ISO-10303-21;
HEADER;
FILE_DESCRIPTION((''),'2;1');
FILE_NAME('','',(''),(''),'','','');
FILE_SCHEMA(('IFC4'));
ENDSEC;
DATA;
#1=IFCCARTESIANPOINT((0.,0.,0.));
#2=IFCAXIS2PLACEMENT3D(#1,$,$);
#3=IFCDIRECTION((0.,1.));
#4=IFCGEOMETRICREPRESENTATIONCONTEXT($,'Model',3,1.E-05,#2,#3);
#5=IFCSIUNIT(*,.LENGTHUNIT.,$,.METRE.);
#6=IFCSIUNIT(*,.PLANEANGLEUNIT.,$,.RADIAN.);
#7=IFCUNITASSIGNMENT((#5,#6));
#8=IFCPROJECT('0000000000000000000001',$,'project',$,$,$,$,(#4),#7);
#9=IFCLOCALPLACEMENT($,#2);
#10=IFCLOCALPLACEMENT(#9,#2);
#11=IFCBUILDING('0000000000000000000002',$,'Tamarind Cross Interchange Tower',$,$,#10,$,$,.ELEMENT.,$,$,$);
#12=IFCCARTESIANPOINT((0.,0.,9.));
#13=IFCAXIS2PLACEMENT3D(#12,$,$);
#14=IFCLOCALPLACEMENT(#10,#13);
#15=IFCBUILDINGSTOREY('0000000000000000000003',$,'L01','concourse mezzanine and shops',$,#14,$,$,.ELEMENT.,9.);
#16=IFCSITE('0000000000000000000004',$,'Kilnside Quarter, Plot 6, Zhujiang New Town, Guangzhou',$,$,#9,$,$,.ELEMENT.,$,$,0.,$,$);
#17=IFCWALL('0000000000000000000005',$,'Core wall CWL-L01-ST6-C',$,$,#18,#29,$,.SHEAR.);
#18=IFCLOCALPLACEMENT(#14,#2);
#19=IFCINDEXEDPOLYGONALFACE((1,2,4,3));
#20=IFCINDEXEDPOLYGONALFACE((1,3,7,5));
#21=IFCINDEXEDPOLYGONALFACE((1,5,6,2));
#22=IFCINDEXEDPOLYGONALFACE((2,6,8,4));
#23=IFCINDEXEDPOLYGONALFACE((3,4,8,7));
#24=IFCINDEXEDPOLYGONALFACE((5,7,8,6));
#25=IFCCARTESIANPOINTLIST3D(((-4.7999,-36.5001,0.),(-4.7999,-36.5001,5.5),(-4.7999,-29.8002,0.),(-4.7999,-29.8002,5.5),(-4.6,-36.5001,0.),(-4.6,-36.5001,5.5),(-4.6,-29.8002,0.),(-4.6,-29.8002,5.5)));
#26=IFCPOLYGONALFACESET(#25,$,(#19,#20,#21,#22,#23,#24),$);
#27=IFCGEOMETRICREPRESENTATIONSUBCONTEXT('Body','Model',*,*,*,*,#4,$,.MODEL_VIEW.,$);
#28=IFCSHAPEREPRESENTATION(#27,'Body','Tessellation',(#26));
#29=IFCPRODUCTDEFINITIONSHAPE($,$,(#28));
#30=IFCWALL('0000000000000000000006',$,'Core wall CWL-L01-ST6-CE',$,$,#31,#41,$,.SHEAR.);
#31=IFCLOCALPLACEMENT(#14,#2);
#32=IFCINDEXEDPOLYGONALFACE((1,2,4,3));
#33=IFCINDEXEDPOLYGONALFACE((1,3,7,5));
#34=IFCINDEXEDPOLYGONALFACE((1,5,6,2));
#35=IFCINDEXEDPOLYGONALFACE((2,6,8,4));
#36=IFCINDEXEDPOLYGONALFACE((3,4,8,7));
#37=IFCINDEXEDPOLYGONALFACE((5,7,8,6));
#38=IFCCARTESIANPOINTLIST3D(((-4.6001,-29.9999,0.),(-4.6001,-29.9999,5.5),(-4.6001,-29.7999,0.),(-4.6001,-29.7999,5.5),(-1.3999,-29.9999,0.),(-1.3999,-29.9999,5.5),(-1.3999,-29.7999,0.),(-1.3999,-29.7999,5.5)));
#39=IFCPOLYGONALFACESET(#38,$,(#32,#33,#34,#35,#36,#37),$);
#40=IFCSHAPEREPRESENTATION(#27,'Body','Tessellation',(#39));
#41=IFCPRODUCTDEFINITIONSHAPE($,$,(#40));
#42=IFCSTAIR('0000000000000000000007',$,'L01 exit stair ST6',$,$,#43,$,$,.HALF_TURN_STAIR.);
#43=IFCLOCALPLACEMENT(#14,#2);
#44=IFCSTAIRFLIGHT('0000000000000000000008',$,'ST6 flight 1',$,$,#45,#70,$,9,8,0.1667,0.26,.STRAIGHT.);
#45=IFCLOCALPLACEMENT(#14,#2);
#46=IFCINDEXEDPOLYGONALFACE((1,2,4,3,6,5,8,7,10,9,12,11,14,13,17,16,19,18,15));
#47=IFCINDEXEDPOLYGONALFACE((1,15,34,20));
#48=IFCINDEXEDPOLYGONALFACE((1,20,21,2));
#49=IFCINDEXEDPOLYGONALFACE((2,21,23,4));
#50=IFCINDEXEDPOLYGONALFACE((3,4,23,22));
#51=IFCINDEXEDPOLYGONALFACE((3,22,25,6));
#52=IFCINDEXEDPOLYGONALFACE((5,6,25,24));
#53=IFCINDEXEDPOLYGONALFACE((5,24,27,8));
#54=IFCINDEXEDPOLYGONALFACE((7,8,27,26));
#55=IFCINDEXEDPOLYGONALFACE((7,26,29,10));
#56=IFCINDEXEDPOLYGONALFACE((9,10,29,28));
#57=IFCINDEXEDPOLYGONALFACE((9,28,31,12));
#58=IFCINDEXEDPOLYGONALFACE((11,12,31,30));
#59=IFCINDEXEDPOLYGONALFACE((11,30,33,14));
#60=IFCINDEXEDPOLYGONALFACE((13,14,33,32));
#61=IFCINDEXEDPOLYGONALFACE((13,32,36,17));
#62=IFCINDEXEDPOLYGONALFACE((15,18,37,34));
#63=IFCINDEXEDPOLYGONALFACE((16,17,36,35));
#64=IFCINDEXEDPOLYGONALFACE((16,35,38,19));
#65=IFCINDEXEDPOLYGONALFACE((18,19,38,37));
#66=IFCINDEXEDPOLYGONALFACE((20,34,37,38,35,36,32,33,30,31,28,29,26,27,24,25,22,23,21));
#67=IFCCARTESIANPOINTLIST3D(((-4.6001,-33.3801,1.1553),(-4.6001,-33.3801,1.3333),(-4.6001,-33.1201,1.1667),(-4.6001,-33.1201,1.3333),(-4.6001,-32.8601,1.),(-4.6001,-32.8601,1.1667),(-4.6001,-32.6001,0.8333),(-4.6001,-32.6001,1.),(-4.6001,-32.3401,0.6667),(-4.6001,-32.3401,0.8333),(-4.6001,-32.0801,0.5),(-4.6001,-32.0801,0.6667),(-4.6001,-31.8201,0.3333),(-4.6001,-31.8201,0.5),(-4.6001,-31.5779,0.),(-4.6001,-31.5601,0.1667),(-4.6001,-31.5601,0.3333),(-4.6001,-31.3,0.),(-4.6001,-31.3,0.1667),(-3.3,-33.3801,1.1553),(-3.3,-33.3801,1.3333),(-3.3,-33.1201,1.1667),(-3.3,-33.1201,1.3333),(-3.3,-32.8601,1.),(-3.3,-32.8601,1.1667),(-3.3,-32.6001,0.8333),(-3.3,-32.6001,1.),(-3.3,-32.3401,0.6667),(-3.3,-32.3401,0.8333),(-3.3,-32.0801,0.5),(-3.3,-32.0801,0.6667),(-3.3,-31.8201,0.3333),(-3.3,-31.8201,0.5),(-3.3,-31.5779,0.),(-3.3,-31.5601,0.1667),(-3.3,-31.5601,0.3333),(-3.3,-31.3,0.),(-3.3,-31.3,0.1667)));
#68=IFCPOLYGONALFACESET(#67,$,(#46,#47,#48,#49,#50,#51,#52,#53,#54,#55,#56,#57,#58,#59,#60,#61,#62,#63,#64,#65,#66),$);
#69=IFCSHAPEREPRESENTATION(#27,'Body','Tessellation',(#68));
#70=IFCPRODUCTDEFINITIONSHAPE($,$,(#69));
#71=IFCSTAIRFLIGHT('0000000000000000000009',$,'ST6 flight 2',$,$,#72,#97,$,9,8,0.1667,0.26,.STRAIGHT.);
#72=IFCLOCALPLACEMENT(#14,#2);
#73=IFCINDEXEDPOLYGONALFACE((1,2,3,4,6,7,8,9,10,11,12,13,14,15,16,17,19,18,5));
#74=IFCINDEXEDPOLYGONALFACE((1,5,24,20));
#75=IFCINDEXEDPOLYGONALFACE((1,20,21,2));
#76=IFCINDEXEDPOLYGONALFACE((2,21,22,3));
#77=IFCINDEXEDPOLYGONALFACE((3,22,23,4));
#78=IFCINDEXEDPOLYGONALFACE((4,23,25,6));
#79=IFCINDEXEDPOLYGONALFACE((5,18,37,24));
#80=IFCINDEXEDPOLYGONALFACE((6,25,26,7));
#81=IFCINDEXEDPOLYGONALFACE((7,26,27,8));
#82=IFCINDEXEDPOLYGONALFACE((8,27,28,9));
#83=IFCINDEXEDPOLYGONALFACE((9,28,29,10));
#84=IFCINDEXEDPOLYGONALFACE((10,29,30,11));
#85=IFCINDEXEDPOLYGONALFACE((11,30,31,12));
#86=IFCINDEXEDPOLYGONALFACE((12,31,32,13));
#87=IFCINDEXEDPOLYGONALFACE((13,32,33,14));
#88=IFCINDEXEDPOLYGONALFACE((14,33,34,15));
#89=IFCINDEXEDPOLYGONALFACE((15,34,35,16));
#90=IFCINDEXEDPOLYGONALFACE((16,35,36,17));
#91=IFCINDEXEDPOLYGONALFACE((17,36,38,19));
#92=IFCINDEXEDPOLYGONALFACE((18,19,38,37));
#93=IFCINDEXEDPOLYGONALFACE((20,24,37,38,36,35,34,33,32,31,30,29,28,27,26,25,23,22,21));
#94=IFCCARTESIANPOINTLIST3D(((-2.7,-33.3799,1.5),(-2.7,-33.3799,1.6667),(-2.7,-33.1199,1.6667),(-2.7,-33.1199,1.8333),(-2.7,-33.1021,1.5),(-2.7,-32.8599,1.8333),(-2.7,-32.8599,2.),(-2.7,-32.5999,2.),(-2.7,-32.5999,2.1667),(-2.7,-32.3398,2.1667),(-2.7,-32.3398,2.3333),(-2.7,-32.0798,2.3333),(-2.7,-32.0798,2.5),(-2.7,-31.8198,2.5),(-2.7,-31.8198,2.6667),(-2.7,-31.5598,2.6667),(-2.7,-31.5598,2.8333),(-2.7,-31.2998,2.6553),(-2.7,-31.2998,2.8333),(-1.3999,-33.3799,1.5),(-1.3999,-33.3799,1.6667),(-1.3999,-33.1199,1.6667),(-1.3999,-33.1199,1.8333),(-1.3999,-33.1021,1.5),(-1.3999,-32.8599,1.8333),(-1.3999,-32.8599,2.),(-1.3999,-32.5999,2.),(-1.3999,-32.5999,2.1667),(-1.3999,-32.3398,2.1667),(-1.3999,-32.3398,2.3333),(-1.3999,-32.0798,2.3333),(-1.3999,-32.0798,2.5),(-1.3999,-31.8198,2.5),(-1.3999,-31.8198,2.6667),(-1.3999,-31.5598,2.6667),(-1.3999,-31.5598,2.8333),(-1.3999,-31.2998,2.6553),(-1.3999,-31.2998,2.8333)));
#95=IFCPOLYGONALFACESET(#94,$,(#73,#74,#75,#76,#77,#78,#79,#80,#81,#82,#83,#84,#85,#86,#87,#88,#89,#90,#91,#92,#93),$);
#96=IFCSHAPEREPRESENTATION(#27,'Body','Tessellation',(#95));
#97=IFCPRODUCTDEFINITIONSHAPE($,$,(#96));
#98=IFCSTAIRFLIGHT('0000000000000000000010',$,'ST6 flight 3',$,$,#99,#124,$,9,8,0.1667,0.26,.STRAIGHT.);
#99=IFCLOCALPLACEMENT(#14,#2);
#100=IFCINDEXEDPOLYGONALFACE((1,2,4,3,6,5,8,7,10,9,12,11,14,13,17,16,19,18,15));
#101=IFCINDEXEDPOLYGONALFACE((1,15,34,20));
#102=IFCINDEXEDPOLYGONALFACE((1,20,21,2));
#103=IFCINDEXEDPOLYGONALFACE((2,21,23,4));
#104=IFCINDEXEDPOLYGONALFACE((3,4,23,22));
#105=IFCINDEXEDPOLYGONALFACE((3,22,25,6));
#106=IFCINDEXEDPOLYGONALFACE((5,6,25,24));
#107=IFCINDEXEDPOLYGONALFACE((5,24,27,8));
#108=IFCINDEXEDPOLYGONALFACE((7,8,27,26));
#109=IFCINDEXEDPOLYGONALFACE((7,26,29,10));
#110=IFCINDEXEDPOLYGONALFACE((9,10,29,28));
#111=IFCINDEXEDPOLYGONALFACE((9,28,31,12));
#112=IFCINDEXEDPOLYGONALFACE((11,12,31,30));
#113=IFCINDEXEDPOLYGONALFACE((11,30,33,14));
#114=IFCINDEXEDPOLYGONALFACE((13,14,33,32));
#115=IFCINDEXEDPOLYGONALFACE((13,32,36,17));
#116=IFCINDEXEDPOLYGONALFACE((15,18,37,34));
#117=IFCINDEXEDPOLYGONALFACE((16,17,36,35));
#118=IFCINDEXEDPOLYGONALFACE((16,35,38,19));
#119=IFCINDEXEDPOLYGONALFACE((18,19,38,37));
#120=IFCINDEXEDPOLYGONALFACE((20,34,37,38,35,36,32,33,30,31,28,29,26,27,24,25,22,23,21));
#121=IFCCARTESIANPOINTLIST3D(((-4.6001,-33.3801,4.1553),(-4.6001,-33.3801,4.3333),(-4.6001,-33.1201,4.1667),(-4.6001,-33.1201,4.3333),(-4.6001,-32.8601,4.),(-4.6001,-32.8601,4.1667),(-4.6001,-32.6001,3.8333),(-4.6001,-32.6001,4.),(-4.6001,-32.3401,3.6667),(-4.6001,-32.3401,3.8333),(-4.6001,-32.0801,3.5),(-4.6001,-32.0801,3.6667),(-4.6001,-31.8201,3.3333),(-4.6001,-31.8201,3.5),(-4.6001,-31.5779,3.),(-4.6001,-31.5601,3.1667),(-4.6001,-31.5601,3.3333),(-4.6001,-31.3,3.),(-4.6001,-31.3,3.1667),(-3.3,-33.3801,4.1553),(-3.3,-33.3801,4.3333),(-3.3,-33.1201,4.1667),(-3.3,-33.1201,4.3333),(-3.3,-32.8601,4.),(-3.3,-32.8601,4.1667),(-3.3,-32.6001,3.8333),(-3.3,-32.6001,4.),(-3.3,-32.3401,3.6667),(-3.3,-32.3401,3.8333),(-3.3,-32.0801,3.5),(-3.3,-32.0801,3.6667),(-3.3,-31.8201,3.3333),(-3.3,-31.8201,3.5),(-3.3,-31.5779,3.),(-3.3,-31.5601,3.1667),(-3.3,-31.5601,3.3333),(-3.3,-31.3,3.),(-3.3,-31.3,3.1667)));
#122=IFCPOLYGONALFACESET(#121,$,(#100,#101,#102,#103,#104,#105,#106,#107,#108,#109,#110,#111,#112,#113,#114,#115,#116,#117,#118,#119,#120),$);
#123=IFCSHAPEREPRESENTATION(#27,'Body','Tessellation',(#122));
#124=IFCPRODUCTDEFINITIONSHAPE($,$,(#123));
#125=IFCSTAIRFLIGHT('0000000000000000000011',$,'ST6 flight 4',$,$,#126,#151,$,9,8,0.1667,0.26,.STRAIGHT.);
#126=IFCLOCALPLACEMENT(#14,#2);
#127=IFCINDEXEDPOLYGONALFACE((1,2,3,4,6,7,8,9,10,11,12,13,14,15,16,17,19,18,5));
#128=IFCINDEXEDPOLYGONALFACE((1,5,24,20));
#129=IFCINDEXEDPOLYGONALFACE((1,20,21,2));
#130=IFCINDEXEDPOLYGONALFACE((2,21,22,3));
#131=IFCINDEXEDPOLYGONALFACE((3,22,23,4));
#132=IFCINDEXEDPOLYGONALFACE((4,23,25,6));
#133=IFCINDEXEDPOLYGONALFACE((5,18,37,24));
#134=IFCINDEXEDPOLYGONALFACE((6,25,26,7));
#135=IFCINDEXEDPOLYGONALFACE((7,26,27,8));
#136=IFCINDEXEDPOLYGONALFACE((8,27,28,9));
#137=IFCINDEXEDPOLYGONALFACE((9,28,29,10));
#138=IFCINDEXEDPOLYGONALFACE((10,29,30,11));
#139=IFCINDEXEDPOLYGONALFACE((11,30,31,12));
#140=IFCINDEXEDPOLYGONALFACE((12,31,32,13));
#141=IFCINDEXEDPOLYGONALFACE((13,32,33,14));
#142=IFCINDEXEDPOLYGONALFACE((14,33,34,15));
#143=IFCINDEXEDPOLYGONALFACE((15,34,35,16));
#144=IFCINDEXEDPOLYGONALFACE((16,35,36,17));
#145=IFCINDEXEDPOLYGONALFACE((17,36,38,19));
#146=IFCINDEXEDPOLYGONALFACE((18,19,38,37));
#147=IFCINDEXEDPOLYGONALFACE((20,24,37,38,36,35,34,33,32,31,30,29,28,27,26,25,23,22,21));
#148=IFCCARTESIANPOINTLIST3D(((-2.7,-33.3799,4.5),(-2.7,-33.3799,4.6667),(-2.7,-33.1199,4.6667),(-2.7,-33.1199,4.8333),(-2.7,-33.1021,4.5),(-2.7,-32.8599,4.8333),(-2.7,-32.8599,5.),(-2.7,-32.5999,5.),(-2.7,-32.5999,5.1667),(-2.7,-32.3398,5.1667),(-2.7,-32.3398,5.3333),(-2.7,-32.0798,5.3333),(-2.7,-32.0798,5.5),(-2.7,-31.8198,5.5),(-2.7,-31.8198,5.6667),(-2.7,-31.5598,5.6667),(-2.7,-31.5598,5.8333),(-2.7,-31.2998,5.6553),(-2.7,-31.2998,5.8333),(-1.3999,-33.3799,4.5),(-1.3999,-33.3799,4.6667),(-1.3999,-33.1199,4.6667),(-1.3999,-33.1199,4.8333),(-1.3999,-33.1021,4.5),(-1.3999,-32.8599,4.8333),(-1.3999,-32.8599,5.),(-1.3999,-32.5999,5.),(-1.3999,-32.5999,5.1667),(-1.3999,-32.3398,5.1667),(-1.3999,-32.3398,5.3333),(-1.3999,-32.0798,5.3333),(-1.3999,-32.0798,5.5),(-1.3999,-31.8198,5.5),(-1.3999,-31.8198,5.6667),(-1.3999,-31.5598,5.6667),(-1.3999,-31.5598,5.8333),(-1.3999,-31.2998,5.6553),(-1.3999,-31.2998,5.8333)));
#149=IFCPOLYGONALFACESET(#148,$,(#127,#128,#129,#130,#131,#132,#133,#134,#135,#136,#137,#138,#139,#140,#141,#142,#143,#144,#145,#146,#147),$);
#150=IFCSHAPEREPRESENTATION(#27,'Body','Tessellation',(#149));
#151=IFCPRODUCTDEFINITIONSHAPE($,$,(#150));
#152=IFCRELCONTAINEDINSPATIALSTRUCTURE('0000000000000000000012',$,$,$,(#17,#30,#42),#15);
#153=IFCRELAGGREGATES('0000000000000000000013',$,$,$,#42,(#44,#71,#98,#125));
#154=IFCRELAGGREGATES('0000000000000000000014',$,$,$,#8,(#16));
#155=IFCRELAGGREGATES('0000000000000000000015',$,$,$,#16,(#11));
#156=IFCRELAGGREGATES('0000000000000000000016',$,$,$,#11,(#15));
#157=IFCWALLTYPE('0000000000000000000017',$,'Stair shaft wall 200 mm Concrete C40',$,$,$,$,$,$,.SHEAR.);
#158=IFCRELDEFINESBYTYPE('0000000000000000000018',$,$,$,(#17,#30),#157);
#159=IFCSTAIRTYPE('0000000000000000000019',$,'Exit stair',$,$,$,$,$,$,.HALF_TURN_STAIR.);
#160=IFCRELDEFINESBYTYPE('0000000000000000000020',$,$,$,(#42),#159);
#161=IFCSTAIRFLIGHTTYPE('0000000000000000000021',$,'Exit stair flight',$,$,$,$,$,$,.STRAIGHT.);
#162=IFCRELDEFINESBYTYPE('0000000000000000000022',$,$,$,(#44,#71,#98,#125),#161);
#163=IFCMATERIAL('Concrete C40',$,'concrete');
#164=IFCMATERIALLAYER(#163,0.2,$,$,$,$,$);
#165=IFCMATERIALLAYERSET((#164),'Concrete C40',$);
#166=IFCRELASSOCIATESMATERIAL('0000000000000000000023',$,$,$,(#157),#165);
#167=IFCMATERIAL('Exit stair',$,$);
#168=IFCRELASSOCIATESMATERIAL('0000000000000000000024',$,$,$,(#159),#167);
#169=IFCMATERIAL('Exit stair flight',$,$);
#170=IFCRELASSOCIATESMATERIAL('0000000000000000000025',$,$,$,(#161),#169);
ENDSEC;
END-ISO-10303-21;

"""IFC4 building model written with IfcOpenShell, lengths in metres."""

from ifc_helpers import new_model, si_unit, direction, frame, frame_2d, origin, place, context, subcontext, project, spatial, polyline, rectangle, outline, extrude, material, layer, layer_set, type_object, element, aggregate, save


model = new_model("IFC4")

# Units and contexts
model_context = context("Model", 3, precision=1e-05, world=origin(), true_north=direction((0.0, 1.0)))
body_context = subcontext(model_context, "Body", "Model", "MODEL_VIEW")
ifc_project = project(units=[si_unit("LENGTHUNIT", "METRE"), si_unit("PLANEANGLEUNIT", "RADIAN")], contexts=[model_context])

# Site, building, storey
site_placement = place(None, origin())
site = spatial("IfcSite", under=ifc_project, at=site_placement, Name="Kilnside Quarter, Plot 6, Zhujiang New Town, Guangzhou", CompositionType="ELEMENT", RefElevation=0.0)
building_placement = place(site_placement, origin())
building = spatial("IfcBuilding", under=site, at=building_placement, Name="Tamarind Cross Interchange Tower", CompositionType="ELEMENT")
storey_placement = place(building_placement, frame((0.0, 0.0, 9.0)))
storey = spatial("IfcBuildingStorey", under=building, at=storey_placement, Name="L01", Description="concourse mezzanine and shops", CompositionType="ELEMENT", Elevation=9.0)

# Shared definitions
ifc_material_1 = material(Name="Concrete C40", Category="concrete")

# Shared definitions
ifc_layer_1 = layer(ifc_material_1, 0.2)
ifc_layer_set_1 = layer_set([ifc_layer_1], Name="Concrete C40")
wall_type_1 = type_object("IfcWallType", Name="Stair shaft wall 200 mm Concrete C40", PredefinedType="SHEAR", material=ifc_layer_set_1)

# Walls
wall_1_placement = place(storey_placement, frame((-4.7, -29.8, 0.0), z_axis=(0.0, 0.0, 1.0), x_axis=(0.0, -1.0, 0.0)))
element("IfcWall", 1, at=wall_1_placement, inside=storey, type_object=wall_type_1, Name="Core wall CWL-L01-ST6-C", PredefinedType="SHEAR", context=body_context, shape_type="SweptSolid", body=[
    extrude(rectangle(XDim=6.7, YDim=0.2, at=frame_2d((3.3501, 0.0))), origin(), (0.0, 0.0, 1.0), 5.5),
])
wall_2_placement = place(storey_placement, frame((-4.6001, -29.8999, 0.0), z_axis=(0.0, 0.0, 1.0), x_axis=(1.0, 0.0, 0.0)))
element("IfcWall", 2, at=wall_2_placement, inside=storey, type_object=wall_type_1, Name="Core wall CWL-L01-ST6-CE", PredefinedType="SHEAR", context=body_context, shape_type="SweptSolid", body=[
    extrude(rectangle(XDim=3.2002, YDim=0.2, at=frame_2d((1.6001, 0.0))), origin(), (0.0, 0.0, 1.0), 5.5),
])

# Stair, stair flights
ifc_material_2 = material(Name="Exit stair")
stair_type = type_object("IfcStairType", Name="Exit stair", PredefinedType="HALF_TURN_STAIR", material=ifc_material_2)
stair_placement = place(storey_placement, origin())
stair = element("IfcStair", 3, at=stair_placement, inside=storey, type_object=stair_type, Name="L01 exit stair ST6", PredefinedType="HALF_TURN_STAIR")
ifc_material_3 = material(Name="Exit stair flight")
stair_flight_type = type_object("IfcStairFlightType", Name="Exit stair flight", PredefinedType="STRAIGHT", material=ifc_material_3)
stair_flight_1_placement = place(storey_placement, frame((-3.95, -31.3, 0.0), z_axis=(0.0, 0.0, 1.0), x_axis=(0.0, -1.0, 0.0)))
stair_flight_1 = element("IfcStairFlight", 4, at=stair_flight_1_placement, type_object=stair_flight_type, Name="ST6 flight 1", NumberOfRisers=9, NumberOfTreads=8, PredefinedType="STRAIGHT", RiserHeight=0.1667, TreadLength=0.26, context=body_context, shape_type="SweptSolid", body=[
    extrude(outline(polyline([(0.0, 0.0), (0.0, 0.1667), (0.26, 0.1667), (0.26, 0.3333), (0.52, 0.3333), (0.52, 0.5), (0.78, 0.5), (0.78, 0.6667), (1.04, 0.6667), (1.04, 0.8333), (1.3, 0.8333), (1.3, 1.0), (1.5601, 1.0), (1.5601, 1.1667), (1.8201, 1.1667), (1.8201, 1.3333), (2.0801, 1.3333), (2.0801, 1.5), (2.0801, 1.1553), (0.2778, 0.0), (0.0, 0.0)])), frame((0.0, 0.6499, 0.0), z_axis=(0.0, -1.0, 0.0), x_axis=(1.0, 0.0, 0.0)), (0.0, 0.0, 1.0), 1.3),
])
stair_flight_2_placement = place(storey_placement, frame((-2.05, -33.3799, 1.5), z_axis=(0.0, 0.0, 1.0), x_axis=(0.0, 1.0, 0.0)))
stair_flight_2 = element("IfcStairFlight", 5, at=stair_flight_2_placement, type_object=stair_flight_type, Name="ST6 flight 2", NumberOfRisers=9, NumberOfTreads=8, PredefinedType="STRAIGHT", RiserHeight=0.1667, TreadLength=0.26, context=body_context, shape_type="SweptSolid", body=[
    extrude(outline(polyline([(0.0, 0.0), (0.0, 0.1667), (0.26, 0.1667), (0.26, 0.3333), (0.52, 0.3333), (0.52, 0.5), (0.78, 0.5), (0.78, 0.6667), (1.04, 0.6667), (1.04, 0.8333), (1.3, 0.8333), (1.3, 1.0), (1.5601, 1.0), (1.5601, 1.1667), (1.8201, 1.1667), (1.8201, 1.3333), (2.0801, 1.3333), (2.0801, 1.5), (2.0801, 1.1553), (0.2778, 0.0), (0.0, 0.0)])), frame((0.0, 0.6499, 0.0), z_axis=(0.0, -1.0, 0.0), x_axis=(1.0, 0.0, 0.0)), (0.0, 0.0, 1.0), 1.3),
])
stair_flight_3_placement = place(storey_placement, frame((-3.95, -31.3, 3.0), z_axis=(0.0, 0.0, 1.0), x_axis=(0.0, -1.0, 0.0)))
stair_flight_3 = element("IfcStairFlight", 6, at=stair_flight_3_placement, type_object=stair_flight_type, Name="ST6 flight 3", NumberOfRisers=9, NumberOfTreads=8, PredefinedType="STRAIGHT", RiserHeight=0.1667, TreadLength=0.26, context=body_context, shape_type="SweptSolid", body=[
    extrude(outline(polyline([(0.0, 0.0), (0.0, 0.1667), (0.26, 0.1667), (0.26, 0.3333), (0.52, 0.3333), (0.52, 0.5), (0.78, 0.5), (0.78, 0.6667), (1.04, 0.6667), (1.04, 0.8333), (1.3, 0.8333), (1.3, 1.0), (1.5601, 1.0), (1.5601, 1.1667), (1.8201, 1.1667), (1.8201, 1.3333), (2.0801, 1.3333), (2.0801, 1.5), (2.0801, 1.1553), (0.2778, 0.0), (0.0, 0.0)])), frame((0.0, 0.6499, 0.0), z_axis=(0.0, -1.0, 0.0), x_axis=(1.0, 0.0, 0.0)), (0.0, 0.0, 1.0), 1.3),
])
stair_flight_4_placement = place(storey_placement, frame((-2.05, -33.3799, 4.5), z_axis=(0.0, 0.0, 1.0), x_axis=(0.0, 1.0, 0.0)))
stair_flight_4 = element("IfcStairFlight", 7, at=stair_flight_4_placement, type_object=stair_flight_type, Name="ST6 flight 4", NumberOfRisers=9, NumberOfTreads=8, PredefinedType="STRAIGHT", RiserHeight=0.1667, TreadLength=0.26, context=body_context, shape_type="SweptSolid", body=[
    extrude(outline(polyline([(0.0, 0.0), (0.0, 0.1667), (0.26, 0.1667), (0.26, 0.3333), (0.52, 0.3333), (0.52, 0.5), (0.78, 0.5), (0.78, 0.6667), (1.04, 0.6667), (1.04, 0.8333), (1.3, 0.8333), (1.3, 1.0), (1.5601, 1.0), (1.5601, 1.1667), (1.8201, 1.1667), (1.8201, 1.3333), (2.0801, 1.3333), (2.0801, 1.5), (2.0801, 1.1553), (0.2778, 0.0), (0.0, 0.0)])), frame((0.0, 0.6499, 0.0), z_axis=(0.0, -1.0, 0.0), x_axis=(1.0, 0.0, 0.0)), (0.0, 0.0, 1.0), 1.3),
])
aggregate(stair, [stair_flight_1, stair_flight_2, stair_flight_3, stair_flight_4])

save(model, "model.ifc")
